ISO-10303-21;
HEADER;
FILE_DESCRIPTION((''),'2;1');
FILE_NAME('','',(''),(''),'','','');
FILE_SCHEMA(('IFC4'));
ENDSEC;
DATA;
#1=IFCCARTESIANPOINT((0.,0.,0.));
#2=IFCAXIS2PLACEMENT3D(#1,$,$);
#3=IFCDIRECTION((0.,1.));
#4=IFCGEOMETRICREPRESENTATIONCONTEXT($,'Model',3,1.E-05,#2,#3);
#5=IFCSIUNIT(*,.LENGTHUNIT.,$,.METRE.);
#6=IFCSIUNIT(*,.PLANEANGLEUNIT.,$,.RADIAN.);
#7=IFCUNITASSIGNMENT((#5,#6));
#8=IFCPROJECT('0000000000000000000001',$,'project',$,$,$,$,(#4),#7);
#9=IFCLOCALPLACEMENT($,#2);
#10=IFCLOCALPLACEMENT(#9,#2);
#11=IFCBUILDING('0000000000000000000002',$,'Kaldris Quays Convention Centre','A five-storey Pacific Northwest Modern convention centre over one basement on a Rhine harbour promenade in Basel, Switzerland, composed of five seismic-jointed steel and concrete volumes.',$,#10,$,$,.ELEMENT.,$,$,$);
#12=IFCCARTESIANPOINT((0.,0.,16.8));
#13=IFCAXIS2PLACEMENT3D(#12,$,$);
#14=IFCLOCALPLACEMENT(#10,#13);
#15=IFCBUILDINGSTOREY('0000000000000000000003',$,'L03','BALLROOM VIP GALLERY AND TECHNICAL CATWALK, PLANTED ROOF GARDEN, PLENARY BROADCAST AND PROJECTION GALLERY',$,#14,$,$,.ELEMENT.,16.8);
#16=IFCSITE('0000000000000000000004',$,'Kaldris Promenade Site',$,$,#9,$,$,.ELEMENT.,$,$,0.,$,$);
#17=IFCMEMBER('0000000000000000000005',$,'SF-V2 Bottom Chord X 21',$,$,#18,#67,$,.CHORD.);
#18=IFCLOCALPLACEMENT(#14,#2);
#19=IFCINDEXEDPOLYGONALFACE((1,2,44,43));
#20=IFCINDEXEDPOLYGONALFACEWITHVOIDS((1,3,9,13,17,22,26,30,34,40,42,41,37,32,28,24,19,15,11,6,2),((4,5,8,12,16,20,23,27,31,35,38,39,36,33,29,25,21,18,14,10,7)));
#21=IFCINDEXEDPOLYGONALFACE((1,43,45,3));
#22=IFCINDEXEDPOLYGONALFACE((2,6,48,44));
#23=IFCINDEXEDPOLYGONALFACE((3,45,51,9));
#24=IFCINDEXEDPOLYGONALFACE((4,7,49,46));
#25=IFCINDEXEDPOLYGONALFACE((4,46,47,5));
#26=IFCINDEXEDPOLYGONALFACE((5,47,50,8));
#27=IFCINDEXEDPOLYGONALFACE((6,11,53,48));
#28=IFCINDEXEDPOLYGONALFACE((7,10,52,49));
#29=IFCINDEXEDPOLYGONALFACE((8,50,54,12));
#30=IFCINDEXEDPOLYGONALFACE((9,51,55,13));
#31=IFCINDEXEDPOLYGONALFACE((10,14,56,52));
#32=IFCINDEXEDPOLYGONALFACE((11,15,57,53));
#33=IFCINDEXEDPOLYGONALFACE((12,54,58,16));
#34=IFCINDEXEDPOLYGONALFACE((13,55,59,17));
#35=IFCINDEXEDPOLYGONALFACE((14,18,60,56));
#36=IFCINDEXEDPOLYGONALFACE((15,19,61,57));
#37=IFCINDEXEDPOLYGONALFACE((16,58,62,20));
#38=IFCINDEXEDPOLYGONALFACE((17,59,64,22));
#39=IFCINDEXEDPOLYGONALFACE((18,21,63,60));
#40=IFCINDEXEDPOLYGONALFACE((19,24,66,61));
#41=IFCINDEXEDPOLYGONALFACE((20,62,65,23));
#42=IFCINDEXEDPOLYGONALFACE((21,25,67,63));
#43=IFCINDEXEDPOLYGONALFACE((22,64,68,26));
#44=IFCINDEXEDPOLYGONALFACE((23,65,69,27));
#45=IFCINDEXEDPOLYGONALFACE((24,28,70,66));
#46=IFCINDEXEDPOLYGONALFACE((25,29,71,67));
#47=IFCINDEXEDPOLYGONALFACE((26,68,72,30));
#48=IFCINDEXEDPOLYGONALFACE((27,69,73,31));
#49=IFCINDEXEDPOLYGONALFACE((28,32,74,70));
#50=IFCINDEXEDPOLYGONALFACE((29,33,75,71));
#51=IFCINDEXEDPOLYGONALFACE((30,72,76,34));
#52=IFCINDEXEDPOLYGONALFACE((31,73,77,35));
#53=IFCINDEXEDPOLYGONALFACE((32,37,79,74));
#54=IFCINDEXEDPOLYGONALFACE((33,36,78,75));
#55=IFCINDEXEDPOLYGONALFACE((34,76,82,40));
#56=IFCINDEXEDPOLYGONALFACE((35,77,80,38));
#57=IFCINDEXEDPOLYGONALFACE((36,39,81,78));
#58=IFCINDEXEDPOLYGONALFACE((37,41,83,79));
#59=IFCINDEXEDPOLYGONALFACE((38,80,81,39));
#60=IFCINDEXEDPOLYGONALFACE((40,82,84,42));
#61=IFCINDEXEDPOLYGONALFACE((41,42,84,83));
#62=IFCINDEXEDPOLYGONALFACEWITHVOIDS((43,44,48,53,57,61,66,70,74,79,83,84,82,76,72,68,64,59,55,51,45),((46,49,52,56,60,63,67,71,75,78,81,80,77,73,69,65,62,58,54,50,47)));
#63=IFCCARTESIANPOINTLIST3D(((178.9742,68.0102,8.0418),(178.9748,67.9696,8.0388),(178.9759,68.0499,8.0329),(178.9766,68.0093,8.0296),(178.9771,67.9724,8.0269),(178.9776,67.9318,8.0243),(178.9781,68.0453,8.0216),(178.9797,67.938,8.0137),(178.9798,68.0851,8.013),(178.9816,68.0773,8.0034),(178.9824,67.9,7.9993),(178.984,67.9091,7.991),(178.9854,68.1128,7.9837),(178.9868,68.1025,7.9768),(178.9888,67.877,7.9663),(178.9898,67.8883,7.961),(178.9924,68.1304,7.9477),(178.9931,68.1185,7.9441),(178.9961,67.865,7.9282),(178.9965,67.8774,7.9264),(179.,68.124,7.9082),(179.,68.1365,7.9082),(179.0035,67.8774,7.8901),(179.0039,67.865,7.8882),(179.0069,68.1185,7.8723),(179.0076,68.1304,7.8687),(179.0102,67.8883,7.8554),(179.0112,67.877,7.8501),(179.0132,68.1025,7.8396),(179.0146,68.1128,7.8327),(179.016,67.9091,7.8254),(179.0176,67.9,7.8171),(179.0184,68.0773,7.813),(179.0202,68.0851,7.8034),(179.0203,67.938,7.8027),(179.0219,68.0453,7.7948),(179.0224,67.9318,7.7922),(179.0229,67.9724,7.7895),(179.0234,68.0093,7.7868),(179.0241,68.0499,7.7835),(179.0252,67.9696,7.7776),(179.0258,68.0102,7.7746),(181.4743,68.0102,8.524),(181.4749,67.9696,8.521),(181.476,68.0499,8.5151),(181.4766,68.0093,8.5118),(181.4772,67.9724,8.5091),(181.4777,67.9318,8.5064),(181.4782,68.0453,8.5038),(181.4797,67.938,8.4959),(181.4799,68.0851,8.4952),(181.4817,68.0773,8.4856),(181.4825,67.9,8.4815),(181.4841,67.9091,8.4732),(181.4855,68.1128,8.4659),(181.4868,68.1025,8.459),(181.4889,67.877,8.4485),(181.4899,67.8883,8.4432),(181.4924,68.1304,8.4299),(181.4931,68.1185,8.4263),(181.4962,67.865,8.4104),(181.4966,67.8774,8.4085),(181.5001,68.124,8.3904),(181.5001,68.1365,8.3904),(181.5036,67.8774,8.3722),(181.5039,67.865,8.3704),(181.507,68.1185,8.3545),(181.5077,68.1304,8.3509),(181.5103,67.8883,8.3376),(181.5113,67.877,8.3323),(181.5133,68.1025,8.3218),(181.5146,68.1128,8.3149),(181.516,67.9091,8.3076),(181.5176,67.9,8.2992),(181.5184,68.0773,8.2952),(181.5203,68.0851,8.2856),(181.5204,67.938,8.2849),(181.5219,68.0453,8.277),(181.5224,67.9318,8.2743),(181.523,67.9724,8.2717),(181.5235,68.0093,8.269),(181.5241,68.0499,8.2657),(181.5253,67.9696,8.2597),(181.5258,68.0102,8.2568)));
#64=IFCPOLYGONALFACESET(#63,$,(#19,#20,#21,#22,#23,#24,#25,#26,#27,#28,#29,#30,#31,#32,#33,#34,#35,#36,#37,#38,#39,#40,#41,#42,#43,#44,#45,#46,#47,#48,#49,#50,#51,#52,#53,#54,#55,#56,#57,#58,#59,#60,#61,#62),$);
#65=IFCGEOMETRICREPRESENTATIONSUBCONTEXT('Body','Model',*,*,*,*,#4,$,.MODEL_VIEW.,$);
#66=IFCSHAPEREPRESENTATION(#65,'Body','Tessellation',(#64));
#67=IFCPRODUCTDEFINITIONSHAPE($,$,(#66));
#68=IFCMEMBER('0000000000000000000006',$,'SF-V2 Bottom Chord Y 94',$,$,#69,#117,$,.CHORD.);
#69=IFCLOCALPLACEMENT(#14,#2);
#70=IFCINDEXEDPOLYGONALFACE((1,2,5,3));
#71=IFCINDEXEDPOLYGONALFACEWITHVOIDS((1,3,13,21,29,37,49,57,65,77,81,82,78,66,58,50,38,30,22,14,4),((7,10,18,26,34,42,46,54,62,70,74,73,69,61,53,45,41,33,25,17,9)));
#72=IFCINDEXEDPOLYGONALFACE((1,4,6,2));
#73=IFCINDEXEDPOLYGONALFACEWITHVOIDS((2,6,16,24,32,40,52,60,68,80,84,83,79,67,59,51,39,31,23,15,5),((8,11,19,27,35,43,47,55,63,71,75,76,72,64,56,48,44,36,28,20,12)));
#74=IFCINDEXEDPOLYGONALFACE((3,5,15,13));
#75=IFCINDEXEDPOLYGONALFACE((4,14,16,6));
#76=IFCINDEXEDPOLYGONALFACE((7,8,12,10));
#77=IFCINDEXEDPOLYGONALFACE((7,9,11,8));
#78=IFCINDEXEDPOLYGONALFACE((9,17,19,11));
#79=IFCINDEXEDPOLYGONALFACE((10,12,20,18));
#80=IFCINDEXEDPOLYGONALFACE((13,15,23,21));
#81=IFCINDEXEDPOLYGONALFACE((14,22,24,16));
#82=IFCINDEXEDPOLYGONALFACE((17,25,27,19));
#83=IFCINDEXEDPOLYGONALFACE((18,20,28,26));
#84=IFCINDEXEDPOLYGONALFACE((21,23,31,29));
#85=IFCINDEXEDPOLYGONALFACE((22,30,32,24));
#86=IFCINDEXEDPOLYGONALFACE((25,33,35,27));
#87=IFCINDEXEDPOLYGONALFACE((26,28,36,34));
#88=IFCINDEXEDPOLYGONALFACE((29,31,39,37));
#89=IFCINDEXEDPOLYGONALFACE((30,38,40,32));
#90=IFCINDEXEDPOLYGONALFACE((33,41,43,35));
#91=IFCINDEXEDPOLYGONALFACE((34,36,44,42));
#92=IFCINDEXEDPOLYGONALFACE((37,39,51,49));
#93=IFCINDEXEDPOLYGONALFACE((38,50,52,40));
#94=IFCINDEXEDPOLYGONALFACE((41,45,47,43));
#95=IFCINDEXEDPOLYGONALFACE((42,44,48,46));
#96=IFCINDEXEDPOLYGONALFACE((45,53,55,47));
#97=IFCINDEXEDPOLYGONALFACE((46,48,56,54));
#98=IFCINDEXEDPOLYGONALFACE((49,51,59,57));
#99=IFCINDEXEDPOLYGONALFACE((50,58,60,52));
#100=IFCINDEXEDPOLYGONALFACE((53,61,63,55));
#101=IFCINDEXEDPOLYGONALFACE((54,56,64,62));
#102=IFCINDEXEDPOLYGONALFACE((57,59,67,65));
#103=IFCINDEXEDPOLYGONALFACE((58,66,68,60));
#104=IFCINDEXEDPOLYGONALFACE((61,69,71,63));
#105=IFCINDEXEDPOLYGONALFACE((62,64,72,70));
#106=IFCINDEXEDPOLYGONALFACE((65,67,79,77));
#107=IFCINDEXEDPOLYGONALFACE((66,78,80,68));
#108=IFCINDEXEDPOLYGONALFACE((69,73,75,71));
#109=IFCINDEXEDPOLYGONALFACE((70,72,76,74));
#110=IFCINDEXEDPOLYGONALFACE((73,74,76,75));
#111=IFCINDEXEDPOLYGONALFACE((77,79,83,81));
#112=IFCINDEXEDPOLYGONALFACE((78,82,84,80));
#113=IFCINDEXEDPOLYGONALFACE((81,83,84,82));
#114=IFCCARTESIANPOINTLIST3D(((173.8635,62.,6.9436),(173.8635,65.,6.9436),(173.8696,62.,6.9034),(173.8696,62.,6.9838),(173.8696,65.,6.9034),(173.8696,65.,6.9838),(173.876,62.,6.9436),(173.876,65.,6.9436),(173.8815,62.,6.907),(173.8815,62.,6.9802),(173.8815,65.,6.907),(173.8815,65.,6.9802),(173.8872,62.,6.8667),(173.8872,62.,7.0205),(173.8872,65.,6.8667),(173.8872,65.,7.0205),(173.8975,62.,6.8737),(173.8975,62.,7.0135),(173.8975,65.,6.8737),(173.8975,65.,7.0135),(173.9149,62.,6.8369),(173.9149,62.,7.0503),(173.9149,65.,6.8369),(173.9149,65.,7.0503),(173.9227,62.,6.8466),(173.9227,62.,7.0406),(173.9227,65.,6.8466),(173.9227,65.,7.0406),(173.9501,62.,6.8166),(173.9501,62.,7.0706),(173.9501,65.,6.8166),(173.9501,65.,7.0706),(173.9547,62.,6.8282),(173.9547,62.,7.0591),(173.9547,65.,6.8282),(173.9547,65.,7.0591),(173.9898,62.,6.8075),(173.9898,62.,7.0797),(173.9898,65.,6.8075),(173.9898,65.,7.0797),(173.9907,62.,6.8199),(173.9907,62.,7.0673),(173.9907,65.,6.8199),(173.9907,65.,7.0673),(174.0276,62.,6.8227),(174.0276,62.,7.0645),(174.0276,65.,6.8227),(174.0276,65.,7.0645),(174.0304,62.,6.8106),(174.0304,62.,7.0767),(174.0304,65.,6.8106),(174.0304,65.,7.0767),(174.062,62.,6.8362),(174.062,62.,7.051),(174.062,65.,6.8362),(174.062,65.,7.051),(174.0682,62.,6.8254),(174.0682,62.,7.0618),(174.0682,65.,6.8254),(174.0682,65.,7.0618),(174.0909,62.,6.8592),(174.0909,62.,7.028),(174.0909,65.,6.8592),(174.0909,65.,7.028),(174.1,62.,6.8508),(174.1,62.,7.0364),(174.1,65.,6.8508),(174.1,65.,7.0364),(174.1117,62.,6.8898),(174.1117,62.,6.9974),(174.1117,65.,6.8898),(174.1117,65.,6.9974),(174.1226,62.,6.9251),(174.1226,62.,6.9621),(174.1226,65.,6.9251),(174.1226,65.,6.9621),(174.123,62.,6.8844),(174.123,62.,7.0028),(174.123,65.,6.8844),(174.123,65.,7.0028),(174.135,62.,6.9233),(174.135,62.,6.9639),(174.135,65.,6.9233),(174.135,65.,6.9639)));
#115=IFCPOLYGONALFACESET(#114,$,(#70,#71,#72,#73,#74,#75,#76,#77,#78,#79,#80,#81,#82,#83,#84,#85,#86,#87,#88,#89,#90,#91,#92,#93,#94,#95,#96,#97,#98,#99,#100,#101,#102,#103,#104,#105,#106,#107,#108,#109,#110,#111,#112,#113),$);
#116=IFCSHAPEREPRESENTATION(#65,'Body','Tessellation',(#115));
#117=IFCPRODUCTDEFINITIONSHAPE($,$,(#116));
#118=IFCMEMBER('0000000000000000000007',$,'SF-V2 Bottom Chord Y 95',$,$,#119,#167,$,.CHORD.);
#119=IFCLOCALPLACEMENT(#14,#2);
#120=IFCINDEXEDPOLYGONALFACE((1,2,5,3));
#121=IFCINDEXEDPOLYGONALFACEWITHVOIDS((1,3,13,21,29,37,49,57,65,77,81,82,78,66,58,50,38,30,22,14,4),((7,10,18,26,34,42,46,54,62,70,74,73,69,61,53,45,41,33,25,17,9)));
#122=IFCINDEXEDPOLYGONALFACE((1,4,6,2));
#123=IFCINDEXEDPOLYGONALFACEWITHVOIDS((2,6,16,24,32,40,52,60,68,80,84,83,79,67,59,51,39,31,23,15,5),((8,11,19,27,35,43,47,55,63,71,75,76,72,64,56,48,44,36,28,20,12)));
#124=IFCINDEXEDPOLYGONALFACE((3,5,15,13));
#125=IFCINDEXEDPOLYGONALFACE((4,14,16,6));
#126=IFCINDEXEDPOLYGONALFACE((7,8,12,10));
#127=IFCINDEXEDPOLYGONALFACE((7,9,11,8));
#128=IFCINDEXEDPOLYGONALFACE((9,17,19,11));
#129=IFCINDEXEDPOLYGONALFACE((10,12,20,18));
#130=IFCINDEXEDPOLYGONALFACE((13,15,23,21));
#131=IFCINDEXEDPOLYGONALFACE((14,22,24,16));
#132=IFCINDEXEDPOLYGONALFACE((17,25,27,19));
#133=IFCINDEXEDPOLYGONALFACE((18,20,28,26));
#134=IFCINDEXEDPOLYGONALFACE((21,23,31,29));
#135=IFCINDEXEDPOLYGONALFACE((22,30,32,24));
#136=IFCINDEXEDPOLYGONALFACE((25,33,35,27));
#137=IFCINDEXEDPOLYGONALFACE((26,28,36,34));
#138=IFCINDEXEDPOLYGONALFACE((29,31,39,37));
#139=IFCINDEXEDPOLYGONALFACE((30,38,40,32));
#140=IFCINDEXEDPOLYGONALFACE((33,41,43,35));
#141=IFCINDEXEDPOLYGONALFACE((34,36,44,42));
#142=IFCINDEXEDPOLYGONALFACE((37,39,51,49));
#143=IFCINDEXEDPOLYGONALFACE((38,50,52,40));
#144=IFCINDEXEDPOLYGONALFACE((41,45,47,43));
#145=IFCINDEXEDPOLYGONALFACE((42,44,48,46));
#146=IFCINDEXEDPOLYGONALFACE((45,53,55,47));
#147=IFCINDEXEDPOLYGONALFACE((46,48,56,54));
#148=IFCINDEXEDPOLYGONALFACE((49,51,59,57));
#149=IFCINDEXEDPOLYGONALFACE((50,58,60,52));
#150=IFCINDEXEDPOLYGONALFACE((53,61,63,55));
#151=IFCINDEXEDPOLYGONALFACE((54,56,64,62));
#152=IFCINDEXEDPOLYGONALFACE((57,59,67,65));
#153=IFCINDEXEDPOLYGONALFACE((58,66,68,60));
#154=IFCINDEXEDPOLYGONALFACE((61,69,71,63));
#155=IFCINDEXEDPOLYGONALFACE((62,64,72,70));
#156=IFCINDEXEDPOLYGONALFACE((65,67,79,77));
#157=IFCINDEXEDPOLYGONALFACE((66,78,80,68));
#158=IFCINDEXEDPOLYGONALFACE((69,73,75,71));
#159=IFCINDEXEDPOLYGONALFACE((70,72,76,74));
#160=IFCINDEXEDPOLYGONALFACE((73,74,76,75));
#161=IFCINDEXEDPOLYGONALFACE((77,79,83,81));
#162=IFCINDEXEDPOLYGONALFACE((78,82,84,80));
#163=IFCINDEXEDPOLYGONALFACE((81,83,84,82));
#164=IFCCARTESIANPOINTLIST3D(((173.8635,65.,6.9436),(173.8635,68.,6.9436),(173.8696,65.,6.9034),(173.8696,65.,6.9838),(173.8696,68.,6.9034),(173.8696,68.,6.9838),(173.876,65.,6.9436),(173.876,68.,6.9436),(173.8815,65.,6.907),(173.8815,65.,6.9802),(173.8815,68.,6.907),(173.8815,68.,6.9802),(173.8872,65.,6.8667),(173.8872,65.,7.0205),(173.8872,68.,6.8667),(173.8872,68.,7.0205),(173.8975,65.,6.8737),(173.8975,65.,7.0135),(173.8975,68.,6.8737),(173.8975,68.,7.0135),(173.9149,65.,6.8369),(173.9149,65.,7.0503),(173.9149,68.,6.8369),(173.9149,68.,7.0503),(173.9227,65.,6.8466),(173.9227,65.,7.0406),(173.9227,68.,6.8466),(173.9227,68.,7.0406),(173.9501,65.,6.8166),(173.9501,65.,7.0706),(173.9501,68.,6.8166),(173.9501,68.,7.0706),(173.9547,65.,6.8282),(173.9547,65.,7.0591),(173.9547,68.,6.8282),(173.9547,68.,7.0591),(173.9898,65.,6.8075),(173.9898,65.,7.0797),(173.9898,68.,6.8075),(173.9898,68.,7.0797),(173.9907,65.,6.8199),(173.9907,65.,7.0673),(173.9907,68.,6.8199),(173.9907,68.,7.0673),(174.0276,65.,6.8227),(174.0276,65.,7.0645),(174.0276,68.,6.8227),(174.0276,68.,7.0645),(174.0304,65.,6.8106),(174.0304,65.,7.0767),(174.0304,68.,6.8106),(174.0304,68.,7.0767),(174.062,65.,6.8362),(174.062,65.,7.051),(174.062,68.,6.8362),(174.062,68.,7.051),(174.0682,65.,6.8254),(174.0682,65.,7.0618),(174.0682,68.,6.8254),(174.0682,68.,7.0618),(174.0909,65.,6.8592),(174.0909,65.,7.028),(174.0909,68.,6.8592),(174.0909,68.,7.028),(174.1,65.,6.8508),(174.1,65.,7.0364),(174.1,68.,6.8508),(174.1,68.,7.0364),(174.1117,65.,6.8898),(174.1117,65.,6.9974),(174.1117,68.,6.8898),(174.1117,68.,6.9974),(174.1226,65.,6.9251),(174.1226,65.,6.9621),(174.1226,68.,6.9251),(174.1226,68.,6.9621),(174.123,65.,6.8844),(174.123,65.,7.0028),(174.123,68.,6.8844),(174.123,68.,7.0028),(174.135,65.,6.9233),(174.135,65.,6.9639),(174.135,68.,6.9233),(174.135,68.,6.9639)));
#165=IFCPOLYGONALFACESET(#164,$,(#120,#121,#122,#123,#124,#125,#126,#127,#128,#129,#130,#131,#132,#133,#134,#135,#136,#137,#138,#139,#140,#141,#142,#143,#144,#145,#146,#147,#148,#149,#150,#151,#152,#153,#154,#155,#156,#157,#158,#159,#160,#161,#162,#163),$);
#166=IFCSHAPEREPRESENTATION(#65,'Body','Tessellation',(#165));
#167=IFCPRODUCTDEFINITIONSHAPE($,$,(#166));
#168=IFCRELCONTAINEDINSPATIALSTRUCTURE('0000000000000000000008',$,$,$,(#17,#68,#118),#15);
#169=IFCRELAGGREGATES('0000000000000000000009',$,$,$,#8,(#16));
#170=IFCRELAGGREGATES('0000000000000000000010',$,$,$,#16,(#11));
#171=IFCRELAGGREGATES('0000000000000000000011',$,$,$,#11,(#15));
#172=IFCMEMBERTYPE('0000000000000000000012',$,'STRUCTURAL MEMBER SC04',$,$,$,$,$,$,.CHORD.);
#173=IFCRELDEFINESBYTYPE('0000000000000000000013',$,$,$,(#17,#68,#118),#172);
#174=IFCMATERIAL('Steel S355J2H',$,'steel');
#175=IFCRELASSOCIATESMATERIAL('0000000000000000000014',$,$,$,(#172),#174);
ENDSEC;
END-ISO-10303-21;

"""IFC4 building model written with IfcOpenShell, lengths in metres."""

from ifc_helpers import new_model, si_unit, direction, frame, origin, origin_2d, place, context, subcontext, project, spatial, hollow_circle, extrude, material, material_profile, profile_set, type_object, element, save


model = new_model("IFC4")

# Units and contexts
model_context = context("Model", 3, precision=1e-05, world=origin(), true_north=direction((0.0, 1.0)))
body_context = subcontext(model_context, "Body", "Model", "MODEL_VIEW")
ifc_project = project(units=[si_unit("LENGTHUNIT", "METRE"), si_unit("PLANEANGLEUNIT", "RADIAN")], contexts=[model_context])

# Site, building, storey
site_placement = place(None, origin())
site = spatial("IfcSite", under=ifc_project, at=site_placement, Name="Kaldris Promenade Site", CompositionType="ELEMENT", RefElevation=0.0)
building_placement = place(site_placement, origin())
building = spatial("IfcBuilding", under=site, at=building_placement, Name="Kaldris Quays Convention Centre", Description="A five-storey Pacific Northwest Modern convention centre over one basement on a Rhine harbour promenade in Basel, Switzerland, composed of five seismic-jointed steel and concrete volumes.", CompositionType="ELEMENT")
storey_placement = place(building_placement, frame((0.0, 0.0, 16.8)))
storey = spatial("IfcBuildingStorey", under=building, at=storey_placement, Name="L03", Description="BALLROOM VIP GALLERY AND TECHNICAL CATWALK, PLANTED ROOF GARDEN, PLENARY BROADCAST AND PROJECTION GALLERY", CompositionType="ELEMENT", Elevation=16.8)

# Members
ifc_material_1 = material(Name="Steel S355J2H", Category="steel")
ifc_material_profile_1 = material_profile(ifc_material_1, hollow_circle(Radius=0.1365, WallThickness=0.0125, at=origin_2d()), Name="CHS 273x12.5")
ifc_profile_set_1 = profile_set([ifc_material_profile_1], Name="Steel S355J2H")
member_type_1 = type_object("IfcMemberType", Name="STRUCTURAL MEMBER SC04", PredefinedType="CHORD", material=ifc_profile_set_1)
for number, where, z_axis, x_axis, name in (
    (1, (179.0, 68.0, 7.9082), (0.981904, 0.0, 0.189381), (0.0, 1.0, 0.0), "SF-V2 Bottom Chord X 21"),
):
    element("IfcMember", number, at=place(storey_placement, frame(where, z_axis=z_axis, x_axis=x_axis)), inside=storey, type_object=member_type_1, Name=name, PredefinedType="CHORD", context=body_context, shape_type="SweptSolid", body=[
        extrude(hollow_circle(Radius=0.1365, WallThickness=0.0125, at=origin_2d()), origin(), (0.0, 0.0, 1.0), 2.5461),
    ])
for number, where, z_axis, x_axis, name in (
    (2, (174.0, 62.0, 6.9436), (0.0, 1.0, 0.0), (-1.0, 0.0, 0.0), "SF-V2 Bottom Chord Y 94"),
    (3, (174.0, 65.0, 6.9436), (0.0, 1.0, 0.0), (-1.0, 0.0, 0.0), "SF-V2 Bottom Chord Y 95"),
):
    element("IfcMember", number, at=place(storey_placement, frame(where, z_axis=z_axis, x_axis=x_axis)), inside=storey, type_object=member_type_1, Name=name, PredefinedType="CHORD", context=body_context, shape_type="SweptSolid", body=[
        extrude(hollow_circle(Radius=0.1365, WallThickness=0.0125, at=origin_2d()), origin(), (0.0, 0.0, 1.0), 3.0),
    ])

save(model, "model.ifc")
